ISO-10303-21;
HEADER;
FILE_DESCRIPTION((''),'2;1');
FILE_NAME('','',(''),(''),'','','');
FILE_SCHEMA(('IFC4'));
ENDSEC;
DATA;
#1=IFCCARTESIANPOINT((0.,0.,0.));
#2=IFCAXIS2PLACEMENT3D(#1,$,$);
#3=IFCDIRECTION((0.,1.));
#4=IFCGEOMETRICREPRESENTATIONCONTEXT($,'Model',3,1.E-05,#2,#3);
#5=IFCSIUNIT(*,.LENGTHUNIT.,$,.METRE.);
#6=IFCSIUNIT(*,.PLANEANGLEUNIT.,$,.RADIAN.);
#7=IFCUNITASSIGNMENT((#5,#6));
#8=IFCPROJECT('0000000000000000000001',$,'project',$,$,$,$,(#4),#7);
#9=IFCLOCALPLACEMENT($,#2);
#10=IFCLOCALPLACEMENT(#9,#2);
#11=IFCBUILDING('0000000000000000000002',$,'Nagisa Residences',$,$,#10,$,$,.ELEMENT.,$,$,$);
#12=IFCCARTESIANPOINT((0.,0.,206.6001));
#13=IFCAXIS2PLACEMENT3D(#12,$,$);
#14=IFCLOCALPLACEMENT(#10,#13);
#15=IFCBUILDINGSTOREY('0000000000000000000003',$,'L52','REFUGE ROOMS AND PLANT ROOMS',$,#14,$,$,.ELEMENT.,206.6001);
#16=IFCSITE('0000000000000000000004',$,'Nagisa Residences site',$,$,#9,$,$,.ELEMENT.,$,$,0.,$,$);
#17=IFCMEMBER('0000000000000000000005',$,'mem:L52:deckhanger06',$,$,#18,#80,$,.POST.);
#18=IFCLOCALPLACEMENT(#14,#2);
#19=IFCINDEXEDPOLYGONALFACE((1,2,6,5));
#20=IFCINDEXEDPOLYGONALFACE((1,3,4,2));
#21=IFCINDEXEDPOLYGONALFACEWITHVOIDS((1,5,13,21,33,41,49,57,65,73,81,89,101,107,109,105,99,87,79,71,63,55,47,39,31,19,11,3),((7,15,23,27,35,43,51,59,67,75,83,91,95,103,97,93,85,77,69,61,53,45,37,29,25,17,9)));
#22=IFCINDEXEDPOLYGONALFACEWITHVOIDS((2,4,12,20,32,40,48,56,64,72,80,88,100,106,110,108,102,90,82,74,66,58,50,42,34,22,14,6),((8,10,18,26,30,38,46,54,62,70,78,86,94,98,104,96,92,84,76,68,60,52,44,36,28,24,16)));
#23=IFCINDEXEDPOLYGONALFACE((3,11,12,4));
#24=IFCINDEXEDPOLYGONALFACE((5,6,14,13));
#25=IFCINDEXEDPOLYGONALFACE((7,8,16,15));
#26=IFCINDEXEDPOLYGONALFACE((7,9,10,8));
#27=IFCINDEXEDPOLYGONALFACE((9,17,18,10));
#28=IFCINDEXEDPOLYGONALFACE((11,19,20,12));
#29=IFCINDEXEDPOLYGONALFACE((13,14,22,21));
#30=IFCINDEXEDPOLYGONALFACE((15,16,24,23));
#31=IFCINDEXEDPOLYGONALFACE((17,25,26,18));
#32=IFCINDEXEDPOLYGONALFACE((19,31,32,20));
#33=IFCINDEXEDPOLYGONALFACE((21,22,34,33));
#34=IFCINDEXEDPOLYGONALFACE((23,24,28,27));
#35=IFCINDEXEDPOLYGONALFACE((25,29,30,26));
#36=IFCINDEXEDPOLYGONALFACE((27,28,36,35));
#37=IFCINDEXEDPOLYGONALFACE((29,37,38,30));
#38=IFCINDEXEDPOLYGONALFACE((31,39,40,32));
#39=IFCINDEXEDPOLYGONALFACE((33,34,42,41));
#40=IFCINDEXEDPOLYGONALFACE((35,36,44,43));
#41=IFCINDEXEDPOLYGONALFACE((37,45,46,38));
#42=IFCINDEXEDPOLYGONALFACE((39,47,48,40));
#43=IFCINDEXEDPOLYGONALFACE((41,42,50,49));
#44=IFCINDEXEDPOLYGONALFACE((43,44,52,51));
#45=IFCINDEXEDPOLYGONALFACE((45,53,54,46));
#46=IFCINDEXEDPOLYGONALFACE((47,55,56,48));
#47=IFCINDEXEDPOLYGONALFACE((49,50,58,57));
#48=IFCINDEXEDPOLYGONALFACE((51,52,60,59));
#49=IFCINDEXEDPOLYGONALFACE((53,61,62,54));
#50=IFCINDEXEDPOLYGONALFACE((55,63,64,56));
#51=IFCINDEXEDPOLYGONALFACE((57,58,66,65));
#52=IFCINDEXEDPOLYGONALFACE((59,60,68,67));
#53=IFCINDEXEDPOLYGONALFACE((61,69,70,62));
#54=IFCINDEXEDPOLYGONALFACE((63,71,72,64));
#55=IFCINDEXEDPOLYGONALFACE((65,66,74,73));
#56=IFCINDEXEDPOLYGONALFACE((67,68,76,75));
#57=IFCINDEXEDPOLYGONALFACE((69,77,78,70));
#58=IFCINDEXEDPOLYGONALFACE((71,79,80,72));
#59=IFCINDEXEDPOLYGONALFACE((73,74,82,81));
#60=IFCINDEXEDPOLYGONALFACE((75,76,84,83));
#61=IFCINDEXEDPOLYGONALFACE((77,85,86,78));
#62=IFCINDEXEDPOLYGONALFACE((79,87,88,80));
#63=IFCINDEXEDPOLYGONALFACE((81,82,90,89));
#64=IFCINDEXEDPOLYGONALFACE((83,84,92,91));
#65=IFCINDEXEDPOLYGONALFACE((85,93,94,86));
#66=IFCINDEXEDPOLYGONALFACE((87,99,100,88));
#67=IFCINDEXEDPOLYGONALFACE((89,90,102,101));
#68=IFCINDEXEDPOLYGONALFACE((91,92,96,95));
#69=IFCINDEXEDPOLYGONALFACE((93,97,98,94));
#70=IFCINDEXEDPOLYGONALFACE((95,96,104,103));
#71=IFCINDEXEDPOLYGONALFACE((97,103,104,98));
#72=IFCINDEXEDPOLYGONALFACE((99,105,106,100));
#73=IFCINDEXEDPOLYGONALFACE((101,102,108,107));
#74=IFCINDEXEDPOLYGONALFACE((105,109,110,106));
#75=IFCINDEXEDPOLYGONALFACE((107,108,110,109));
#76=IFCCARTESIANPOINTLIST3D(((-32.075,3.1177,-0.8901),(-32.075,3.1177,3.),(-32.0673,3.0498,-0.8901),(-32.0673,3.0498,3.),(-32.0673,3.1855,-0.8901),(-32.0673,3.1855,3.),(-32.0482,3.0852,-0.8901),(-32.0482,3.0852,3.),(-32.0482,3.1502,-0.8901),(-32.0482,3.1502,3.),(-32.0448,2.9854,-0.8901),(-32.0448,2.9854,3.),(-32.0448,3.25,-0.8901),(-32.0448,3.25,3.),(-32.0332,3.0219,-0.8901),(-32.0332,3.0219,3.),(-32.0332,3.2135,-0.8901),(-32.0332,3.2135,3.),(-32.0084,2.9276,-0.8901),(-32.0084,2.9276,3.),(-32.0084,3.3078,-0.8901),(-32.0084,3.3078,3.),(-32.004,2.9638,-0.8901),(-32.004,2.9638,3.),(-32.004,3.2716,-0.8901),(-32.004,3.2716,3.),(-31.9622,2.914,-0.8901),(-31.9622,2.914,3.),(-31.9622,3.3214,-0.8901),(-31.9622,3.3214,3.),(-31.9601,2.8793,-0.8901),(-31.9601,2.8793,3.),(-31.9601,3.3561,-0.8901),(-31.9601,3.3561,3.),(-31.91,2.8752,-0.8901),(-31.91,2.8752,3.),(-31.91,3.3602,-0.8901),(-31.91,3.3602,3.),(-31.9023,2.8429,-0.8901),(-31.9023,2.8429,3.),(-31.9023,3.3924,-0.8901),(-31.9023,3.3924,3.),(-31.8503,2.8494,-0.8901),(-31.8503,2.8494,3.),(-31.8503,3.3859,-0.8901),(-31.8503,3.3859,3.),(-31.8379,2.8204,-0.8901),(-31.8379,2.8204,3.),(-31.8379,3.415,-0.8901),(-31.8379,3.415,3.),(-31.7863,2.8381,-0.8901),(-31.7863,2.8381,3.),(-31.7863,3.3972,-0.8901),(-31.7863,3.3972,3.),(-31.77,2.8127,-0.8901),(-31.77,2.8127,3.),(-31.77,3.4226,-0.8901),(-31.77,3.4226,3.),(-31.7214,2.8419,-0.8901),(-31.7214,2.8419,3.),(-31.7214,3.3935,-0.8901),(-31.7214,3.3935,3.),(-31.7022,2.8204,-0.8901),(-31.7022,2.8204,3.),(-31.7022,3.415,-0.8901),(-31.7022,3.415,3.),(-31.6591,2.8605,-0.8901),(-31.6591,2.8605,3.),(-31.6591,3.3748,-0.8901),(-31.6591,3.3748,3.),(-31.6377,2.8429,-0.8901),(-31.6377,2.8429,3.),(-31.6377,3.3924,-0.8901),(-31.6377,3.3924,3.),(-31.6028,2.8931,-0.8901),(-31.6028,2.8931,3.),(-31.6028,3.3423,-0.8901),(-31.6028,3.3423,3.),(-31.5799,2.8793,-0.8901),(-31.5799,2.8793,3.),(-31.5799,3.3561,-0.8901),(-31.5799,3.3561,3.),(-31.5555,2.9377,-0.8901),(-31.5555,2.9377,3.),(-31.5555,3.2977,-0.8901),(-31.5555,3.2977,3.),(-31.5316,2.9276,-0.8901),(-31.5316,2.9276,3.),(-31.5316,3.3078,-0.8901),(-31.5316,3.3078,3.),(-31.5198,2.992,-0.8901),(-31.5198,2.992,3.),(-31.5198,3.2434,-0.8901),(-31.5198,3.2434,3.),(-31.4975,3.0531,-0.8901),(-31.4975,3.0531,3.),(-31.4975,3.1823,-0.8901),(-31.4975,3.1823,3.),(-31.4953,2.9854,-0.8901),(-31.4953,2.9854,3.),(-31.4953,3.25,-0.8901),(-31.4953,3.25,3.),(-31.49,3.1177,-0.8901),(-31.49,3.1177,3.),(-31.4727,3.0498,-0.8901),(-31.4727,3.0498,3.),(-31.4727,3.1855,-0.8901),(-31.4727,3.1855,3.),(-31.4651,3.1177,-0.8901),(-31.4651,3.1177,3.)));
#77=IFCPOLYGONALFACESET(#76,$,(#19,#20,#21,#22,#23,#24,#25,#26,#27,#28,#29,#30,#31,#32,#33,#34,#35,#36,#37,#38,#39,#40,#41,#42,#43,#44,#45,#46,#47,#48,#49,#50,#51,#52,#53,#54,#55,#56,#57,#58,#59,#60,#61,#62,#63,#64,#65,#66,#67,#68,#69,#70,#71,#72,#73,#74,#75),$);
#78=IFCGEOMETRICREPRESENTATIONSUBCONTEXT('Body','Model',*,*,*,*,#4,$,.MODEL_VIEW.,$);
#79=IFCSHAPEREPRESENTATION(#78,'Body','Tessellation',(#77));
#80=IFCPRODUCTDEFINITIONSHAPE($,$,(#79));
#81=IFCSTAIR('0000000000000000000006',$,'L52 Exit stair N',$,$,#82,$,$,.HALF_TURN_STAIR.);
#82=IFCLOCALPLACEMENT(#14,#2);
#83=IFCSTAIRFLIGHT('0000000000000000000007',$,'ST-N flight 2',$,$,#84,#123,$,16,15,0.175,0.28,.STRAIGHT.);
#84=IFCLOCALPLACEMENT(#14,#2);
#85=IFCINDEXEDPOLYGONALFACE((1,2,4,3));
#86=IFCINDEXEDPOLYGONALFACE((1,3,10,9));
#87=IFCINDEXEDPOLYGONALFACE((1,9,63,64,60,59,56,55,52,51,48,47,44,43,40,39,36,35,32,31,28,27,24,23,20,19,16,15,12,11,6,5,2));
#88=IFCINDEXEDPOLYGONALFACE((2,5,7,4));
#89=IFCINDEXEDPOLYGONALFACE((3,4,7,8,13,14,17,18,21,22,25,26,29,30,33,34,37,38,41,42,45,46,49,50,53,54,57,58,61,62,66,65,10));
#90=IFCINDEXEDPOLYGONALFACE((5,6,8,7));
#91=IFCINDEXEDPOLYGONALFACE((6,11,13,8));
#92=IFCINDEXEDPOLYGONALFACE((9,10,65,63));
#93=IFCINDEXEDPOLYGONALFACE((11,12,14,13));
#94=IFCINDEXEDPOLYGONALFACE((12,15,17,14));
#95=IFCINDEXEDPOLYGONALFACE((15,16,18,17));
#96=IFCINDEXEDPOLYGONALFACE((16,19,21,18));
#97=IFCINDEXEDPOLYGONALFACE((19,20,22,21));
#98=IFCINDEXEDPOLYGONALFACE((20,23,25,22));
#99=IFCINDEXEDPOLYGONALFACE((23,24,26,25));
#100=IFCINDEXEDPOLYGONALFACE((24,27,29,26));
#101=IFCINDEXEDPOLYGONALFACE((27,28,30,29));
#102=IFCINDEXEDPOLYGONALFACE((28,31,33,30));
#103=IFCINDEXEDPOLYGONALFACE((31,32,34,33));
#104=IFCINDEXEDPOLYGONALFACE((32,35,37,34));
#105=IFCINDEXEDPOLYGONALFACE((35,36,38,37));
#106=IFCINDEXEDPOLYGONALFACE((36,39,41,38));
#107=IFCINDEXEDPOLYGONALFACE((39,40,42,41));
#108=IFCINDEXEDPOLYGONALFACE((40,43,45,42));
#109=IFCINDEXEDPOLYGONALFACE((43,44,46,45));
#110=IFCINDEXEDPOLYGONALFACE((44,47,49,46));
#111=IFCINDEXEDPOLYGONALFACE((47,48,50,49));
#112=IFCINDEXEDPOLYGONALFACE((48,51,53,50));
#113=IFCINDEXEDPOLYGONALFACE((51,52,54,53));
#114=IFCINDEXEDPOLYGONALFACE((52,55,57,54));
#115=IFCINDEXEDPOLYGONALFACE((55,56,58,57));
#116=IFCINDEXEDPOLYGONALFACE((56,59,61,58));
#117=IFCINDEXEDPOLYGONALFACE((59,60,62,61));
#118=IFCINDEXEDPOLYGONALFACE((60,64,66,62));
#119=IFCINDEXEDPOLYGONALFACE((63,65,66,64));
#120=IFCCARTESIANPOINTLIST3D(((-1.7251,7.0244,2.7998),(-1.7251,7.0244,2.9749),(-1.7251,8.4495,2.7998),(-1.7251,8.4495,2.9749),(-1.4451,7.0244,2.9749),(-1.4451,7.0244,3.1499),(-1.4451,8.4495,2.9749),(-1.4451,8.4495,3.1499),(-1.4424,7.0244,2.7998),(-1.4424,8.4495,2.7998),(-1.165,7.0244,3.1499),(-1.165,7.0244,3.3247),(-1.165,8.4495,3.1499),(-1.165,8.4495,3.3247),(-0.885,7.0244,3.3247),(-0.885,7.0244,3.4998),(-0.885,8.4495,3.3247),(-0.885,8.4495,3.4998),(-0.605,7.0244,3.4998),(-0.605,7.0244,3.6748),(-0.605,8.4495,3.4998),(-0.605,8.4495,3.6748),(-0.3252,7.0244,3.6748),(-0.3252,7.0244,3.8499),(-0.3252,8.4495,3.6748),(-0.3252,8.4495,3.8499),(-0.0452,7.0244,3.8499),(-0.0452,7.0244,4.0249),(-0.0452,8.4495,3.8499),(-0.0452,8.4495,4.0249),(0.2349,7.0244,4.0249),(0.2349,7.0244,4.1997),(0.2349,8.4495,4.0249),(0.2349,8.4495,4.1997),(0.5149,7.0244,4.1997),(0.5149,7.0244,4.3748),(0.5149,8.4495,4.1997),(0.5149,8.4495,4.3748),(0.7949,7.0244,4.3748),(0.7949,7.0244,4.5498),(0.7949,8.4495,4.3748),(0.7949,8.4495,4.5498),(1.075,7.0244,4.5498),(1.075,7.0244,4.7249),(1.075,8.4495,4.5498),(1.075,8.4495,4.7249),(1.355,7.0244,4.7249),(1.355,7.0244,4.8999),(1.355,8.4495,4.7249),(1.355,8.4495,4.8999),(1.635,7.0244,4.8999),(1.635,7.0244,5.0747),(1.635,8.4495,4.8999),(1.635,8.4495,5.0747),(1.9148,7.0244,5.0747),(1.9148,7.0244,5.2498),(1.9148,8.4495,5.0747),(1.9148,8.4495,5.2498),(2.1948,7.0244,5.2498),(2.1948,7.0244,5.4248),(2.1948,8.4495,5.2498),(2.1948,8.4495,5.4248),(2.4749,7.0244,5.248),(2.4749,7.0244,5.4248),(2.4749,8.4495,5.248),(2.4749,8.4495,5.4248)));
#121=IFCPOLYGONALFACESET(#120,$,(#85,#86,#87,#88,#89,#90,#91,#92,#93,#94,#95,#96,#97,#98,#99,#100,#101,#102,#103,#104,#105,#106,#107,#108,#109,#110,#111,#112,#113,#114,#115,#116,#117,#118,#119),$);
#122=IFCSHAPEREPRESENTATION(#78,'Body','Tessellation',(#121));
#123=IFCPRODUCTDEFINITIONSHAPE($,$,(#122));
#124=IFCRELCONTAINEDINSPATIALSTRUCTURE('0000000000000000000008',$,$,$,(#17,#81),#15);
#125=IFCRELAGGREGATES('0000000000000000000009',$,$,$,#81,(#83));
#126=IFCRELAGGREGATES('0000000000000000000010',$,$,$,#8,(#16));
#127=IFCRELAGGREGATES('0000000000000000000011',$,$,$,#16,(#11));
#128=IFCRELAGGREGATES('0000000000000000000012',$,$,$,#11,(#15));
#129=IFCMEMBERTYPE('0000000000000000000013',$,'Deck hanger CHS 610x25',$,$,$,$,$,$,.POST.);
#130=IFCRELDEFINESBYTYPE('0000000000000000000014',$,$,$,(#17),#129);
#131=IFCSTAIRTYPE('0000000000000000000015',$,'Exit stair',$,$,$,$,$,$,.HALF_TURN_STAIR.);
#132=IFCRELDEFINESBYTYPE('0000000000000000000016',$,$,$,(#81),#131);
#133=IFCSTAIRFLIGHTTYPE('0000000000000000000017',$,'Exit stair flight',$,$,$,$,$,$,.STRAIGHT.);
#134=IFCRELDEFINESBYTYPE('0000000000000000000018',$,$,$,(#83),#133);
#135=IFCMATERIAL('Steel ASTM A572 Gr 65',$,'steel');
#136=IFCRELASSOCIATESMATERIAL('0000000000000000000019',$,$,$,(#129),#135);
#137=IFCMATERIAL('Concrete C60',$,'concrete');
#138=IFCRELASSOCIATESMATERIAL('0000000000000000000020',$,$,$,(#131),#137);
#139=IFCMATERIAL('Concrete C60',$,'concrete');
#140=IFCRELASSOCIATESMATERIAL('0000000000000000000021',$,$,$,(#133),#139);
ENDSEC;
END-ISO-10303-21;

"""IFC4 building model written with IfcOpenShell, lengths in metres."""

from ifc_helpers import new_model, si_unit, direction, frame, origin, origin_2d, place, context, subcontext, project, spatial, polyline, hollow_circle, outline, extrude, material, material_profile, profile_set, type_object, element, aggregate, save


model = new_model("IFC4")

# Units and contexts
model_context = context("Model", 3, precision=1e-05, world=origin(), true_north=direction((0.0, 1.0)))
body_context = subcontext(model_context, "Body", "Model", "MODEL_VIEW")
ifc_project = project(units=[si_unit("LENGTHUNIT", "METRE"), si_unit("PLANEANGLEUNIT", "RADIAN")], contexts=[model_context])

# Site, building, storey
site_placement = place(None, origin())
site = spatial("IfcSite", under=ifc_project, at=site_placement, Name="Nagisa Residences site", CompositionType="ELEMENT", RefElevation=0.0)
building_placement = place(site_placement, origin())
building = spatial("IfcBuilding", under=site, at=building_placement, Name="Nagisa Residences", CompositionType="ELEMENT")
storey_placement = place(building_placement, frame((0.0, 0.0, 206.6001)))
storey = spatial("IfcBuildingStorey", under=building, at=storey_placement, Name="L52", Description="REFUGE ROOMS AND PLANT ROOMS", CompositionType="ELEMENT", Elevation=206.6001)

# Member
ifc_material_1 = material(Name="Steel ASTM A572 Gr 65", Category="steel")
ifc_material_profile_1 = material_profile(ifc_material_1, hollow_circle(Radius=0.3049, WallThickness=0.0249, at=origin_2d()), Name="CHS 610x25")
ifc_profile_set_1 = profile_set([ifc_material_profile_1], Name="Steel ASTM A572 Gr 65")
member_type_1 = type_object("IfcMemberType", Name="Deck hanger CHS 610x25", PredefinedType="POST", material=ifc_profile_set_1)
member_1_placement = place(storey_placement, frame((-31.77, 3.1177, 3.0), z_axis=(0.0, 0.0, -1.0), x_axis=(1.0, 0.0, 0.0)))
element("IfcMember", 1, at=member_1_placement, inside=storey, type_object=member_type_1, Name="mem:L52:deckhanger06", PredefinedType="POST", context=body_context, shape_type="SweptSolid", body=[
    extrude(hollow_circle(Radius=0.3049, WallThickness=0.0249, at=origin_2d()), origin(), (0.0, 0.0, 1.0), 3.8901),
])

# Stair, stair flight
ifc_material_2 = material(Name="Concrete C60", Category="concrete")
stair_type = type_object("IfcStairType", Name="Exit stair", PredefinedType="HALF_TURN_STAIR", material=ifc_material_2)
stair_placement = place(storey_placement, origin())
stair = element("IfcStair", 2, at=stair_placement, inside=storey, type_object=stair_type, Name="L52 Exit stair N", PredefinedType="HALF_TURN_STAIR")
ifc_material_3 = material(Name="Concrete C60", Category="concrete")
stair_flight_type = type_object("IfcStairFlightType", Name="Exit stair flight", PredefinedType="STRAIGHT", material=ifc_material_3)
stair_flight_placement = place(storey_placement, frame((-1.7251, 7.7371, 2.7998), z_axis=(0.0, 0.0, 1.0), x_axis=(1.0, 0.0, 0.0)))
stair_flight = element("IfcStairFlight", 3, at=stair_flight_placement, type_object=stair_flight_type, Name="ST-N flight 2", NumberOfRisers=16, NumberOfTreads=15, PredefinedType="STRAIGHT", RiserHeight=0.175, TreadLength=0.28, context=body_context, shape_type="SweptSolid", body=[
    extrude(outline(polyline([(0.0, 0.0), (0.0, 0.175), (0.28, 0.175), (0.28, 0.3501), (0.5601, 0.3501), (0.5601, 0.5249), (0.8401, 0.5249), (0.8401, 0.7), (1.1201, 0.7), (1.1201, 0.875), (1.3999, 0.875), (1.3999, 1.05), (1.6799, 1.05), (1.6799, 1.2251), (1.96, 1.2251), (1.96, 1.3999), (2.24, 1.3999), (2.24, 1.575), (2.52, 1.575), (2.52, 1.75), (2.8, 1.75), (2.8, 1.925), (3.0801, 1.925), (3.0801, 2.1001), (3.3601, 2.1001), (3.3601, 2.2749), (3.6399, 2.2749), (3.6399, 2.45), (3.9199, 2.45), (3.9199, 2.625), (4.2, 2.625), (4.2, 2.8), (4.2, 2.4482), (0.2827, 0.0), (0.0, 0.0)])), frame((0.0, 0.7124, 0.0), z_axis=(0.0, -1.0, 0.0), x_axis=(1.0, 0.0, 0.0)), (0.0, 0.0, 1.0), 1.425),
])
aggregate(stair, [stair_flight])

save(model, "model.ifc")
